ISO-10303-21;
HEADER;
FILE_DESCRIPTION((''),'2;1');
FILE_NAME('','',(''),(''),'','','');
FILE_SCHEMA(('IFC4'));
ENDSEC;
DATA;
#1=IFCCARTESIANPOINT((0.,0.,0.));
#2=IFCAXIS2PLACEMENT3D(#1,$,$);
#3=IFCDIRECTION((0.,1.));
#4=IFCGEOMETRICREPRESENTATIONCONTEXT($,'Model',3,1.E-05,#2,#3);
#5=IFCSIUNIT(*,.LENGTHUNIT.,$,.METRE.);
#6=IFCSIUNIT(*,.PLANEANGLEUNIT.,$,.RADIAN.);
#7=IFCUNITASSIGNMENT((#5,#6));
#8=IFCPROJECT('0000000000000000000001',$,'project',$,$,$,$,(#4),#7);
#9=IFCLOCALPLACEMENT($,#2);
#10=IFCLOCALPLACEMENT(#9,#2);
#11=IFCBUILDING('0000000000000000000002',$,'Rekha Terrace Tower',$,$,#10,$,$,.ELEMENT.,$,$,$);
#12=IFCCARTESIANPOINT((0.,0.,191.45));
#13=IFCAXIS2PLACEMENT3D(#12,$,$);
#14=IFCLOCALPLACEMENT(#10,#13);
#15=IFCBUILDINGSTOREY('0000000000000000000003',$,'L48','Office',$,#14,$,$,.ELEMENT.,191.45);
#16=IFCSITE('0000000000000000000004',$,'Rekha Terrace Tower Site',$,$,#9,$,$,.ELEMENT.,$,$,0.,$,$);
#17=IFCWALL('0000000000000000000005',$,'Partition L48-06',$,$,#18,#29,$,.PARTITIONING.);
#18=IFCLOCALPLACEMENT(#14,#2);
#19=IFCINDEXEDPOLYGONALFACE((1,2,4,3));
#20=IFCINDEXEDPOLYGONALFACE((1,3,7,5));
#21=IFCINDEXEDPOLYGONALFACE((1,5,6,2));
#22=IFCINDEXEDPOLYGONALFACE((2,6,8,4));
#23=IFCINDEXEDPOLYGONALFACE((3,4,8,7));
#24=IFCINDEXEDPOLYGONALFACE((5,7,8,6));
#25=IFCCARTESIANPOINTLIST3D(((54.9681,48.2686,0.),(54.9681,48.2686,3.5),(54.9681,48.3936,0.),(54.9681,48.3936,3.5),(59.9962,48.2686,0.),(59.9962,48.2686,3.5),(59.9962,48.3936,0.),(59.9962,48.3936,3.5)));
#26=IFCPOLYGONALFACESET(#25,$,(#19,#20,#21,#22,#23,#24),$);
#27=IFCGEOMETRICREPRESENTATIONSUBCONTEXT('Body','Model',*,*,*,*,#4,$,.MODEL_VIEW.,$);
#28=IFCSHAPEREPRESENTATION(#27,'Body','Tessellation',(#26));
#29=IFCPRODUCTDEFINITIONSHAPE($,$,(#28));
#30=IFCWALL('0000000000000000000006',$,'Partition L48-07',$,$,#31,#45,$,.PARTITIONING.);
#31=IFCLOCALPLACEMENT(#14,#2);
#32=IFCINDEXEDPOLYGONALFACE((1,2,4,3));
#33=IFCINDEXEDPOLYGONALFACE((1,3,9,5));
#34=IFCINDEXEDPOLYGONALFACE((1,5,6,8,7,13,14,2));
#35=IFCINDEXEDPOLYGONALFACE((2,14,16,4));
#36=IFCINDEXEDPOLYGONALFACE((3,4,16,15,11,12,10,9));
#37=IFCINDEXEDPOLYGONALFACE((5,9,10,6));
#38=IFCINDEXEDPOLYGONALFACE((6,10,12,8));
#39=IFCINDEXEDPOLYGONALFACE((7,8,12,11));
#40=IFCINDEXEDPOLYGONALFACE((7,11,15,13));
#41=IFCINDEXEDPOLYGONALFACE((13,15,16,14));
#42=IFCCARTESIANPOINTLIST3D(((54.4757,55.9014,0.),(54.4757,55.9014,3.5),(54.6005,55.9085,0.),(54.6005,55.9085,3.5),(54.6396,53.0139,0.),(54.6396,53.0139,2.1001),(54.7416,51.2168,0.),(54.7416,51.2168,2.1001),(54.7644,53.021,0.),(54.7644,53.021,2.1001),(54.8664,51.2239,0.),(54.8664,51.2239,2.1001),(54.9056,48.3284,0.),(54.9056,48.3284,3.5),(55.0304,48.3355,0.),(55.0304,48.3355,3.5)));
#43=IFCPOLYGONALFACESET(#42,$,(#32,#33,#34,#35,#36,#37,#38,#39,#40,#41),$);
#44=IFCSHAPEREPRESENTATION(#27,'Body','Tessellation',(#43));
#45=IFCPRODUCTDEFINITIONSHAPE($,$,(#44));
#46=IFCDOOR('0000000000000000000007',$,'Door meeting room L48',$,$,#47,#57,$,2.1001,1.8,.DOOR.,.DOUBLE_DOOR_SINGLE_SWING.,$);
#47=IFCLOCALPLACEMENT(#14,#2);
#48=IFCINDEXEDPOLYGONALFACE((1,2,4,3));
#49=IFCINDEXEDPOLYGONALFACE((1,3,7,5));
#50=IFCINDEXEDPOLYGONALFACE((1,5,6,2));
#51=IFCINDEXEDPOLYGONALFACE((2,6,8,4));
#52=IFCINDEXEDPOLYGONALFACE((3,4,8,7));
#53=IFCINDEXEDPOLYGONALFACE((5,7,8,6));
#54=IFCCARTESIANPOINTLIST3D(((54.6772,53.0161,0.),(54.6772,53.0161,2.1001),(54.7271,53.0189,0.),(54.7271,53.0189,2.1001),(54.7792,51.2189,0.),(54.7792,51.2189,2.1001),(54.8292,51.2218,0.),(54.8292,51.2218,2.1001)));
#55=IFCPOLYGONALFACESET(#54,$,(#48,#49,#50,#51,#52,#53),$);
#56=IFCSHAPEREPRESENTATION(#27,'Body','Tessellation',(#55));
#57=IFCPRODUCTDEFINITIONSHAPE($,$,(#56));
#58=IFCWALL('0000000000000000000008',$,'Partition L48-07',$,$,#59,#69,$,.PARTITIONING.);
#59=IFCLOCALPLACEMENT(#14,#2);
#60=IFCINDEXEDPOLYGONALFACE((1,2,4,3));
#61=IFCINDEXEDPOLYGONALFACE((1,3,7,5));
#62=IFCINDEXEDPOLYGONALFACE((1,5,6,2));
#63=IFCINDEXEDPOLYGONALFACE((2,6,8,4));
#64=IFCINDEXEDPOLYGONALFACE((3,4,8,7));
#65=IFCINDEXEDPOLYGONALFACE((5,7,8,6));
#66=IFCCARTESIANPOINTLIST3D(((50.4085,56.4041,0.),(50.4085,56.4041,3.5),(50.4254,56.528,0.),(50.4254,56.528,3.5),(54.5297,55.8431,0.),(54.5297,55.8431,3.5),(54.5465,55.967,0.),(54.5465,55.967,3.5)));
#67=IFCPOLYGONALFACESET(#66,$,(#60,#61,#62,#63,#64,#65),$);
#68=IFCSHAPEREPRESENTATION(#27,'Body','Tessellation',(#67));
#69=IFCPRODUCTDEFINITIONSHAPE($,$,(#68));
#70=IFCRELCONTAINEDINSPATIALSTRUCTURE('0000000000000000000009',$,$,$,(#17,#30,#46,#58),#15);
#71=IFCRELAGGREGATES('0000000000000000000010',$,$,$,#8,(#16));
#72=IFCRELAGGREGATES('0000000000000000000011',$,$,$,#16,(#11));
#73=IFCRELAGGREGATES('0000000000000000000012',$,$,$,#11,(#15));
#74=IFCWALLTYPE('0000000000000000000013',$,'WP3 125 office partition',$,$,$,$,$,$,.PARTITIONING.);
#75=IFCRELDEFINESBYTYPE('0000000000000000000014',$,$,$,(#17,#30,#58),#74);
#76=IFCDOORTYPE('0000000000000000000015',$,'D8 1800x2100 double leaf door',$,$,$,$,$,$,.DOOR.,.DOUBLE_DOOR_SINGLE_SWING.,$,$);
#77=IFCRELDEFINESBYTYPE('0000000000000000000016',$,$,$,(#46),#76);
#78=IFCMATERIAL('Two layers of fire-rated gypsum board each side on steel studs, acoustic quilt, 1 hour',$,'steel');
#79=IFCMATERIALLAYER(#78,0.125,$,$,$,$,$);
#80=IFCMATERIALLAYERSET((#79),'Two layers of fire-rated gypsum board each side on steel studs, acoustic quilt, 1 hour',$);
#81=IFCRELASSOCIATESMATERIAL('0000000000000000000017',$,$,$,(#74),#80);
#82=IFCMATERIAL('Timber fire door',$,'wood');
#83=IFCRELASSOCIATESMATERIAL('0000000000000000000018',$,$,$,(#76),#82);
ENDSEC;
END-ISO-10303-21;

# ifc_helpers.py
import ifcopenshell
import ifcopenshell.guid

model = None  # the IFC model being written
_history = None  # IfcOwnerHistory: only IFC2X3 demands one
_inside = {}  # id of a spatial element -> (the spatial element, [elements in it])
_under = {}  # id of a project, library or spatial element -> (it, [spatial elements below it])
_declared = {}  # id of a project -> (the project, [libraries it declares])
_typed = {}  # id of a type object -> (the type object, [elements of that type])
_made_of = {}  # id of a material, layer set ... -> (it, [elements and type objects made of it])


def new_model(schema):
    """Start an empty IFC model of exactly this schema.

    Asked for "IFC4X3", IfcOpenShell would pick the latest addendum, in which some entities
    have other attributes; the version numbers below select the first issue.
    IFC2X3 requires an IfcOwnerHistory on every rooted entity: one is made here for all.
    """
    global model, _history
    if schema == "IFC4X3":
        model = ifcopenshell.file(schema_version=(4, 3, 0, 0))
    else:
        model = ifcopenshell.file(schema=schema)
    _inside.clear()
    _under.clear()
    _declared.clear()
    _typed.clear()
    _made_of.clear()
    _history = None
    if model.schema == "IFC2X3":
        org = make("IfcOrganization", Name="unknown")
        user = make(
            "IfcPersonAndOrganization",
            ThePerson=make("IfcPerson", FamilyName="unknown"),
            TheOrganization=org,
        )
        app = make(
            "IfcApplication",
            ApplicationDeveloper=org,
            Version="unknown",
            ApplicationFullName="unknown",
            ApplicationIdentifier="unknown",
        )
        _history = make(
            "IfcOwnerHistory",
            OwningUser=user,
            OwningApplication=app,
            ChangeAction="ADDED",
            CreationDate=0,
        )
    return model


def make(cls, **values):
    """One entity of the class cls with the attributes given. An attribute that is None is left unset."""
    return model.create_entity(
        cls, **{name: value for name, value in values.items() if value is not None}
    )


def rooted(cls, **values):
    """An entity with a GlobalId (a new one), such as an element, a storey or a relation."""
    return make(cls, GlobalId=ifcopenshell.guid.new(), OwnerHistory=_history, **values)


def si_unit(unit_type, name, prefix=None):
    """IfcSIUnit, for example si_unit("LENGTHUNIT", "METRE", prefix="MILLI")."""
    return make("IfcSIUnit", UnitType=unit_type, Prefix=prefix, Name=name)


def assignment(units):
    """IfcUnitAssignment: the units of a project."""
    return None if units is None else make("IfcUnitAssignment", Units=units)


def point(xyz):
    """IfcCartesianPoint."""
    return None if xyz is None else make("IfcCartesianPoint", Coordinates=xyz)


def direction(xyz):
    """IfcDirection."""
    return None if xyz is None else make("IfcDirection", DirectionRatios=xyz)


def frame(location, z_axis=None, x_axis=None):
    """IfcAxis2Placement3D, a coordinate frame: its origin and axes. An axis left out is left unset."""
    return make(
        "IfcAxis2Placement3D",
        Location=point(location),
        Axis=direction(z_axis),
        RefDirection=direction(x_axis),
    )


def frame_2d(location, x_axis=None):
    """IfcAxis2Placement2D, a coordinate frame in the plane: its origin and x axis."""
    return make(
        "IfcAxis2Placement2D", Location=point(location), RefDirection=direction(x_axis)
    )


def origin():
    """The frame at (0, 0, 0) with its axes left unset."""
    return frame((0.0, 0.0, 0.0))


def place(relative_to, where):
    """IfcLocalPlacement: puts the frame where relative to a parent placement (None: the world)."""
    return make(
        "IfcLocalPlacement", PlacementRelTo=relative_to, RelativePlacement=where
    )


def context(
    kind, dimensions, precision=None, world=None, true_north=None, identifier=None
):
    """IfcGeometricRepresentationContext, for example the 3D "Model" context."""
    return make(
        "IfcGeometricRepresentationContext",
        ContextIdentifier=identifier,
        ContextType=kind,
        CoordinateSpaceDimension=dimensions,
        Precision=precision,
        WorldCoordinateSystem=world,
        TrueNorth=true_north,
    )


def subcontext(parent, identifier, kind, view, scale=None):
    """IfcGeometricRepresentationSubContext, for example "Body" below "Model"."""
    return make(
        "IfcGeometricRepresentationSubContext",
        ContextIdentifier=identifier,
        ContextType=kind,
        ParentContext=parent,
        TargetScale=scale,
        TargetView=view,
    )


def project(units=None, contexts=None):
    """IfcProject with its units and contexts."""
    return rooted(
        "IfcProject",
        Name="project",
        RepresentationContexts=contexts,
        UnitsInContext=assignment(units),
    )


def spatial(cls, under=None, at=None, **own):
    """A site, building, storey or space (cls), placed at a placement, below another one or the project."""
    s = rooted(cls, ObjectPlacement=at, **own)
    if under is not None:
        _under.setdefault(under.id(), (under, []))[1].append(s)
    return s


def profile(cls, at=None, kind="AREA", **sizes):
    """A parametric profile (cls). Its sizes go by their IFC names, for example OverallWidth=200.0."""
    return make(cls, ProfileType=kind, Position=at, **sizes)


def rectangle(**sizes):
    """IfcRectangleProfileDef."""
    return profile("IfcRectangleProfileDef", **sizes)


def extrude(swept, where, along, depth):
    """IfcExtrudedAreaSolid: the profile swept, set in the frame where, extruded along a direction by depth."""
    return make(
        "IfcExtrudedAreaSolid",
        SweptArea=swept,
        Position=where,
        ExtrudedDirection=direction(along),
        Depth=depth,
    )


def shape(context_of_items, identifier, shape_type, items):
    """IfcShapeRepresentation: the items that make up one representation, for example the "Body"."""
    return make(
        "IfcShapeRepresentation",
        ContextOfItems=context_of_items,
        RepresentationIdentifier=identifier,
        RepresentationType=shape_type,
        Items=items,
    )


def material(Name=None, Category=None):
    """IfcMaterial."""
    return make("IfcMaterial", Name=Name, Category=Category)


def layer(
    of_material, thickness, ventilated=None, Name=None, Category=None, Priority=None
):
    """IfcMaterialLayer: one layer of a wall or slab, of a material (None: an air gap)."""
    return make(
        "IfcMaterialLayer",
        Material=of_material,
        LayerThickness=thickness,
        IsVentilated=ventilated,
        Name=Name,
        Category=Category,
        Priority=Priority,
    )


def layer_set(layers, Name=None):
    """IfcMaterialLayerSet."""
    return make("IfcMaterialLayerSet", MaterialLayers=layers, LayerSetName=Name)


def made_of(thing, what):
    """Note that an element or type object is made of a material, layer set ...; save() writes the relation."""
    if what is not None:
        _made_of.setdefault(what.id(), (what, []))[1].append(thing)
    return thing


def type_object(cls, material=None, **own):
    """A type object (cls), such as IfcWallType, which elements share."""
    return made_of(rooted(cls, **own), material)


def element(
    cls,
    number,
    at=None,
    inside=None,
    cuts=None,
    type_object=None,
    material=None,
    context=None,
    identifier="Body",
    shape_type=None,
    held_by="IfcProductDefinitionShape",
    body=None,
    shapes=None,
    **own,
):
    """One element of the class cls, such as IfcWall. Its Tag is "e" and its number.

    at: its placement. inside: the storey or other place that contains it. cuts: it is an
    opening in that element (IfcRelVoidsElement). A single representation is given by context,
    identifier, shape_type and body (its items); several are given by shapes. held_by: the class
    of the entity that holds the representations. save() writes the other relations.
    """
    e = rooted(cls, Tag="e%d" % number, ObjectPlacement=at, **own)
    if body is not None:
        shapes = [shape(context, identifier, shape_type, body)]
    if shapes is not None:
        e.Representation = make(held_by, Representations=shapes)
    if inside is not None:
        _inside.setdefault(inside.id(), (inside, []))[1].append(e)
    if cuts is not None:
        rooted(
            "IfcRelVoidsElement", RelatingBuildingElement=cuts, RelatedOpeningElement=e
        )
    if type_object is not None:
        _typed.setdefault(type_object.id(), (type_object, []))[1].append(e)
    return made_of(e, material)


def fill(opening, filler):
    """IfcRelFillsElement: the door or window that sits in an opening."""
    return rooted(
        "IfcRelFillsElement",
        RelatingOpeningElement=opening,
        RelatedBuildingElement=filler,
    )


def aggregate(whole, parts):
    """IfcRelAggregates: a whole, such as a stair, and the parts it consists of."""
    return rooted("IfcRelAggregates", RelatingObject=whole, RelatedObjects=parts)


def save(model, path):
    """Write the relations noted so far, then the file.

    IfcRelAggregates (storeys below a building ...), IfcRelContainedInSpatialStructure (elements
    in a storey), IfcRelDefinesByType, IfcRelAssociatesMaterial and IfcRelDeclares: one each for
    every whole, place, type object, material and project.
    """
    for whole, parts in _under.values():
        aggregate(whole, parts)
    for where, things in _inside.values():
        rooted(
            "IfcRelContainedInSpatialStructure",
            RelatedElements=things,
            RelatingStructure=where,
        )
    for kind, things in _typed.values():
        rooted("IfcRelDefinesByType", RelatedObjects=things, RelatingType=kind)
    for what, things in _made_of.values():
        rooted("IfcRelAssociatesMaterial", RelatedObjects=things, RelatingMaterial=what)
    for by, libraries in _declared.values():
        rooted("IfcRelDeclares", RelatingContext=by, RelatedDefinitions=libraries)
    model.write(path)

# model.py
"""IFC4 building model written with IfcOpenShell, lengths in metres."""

from ifc_helpers import new_model, si_unit, direction, frame, frame_2d, origin, place, context, subcontext, project, spatial, rectangle, extrude, material, layer, layer_set, type_object, element, fill, save


model = new_model("IFC4")

# Units and contexts
model_context = context("Model", 3, precision=1e-05, world=origin(), true_north=direction((0.0, 1.0)))
body_context = subcontext(model_context, "Body", "Model", "MODEL_VIEW")
ifc_project = project(units=[si_unit("LENGTHUNIT", "METRE"), si_unit("PLANEANGLEUNIT", "RADIAN")], contexts=[model_context])

# Site, building, storey
site_placement = place(None, origin())
site = spatial("IfcSite", under=ifc_project, at=site_placement, Name="Rekha Terrace Tower Site", CompositionType="ELEMENT", RefElevation=0.0)
building_placement = place(site_placement, origin())
building = spatial("IfcBuilding", under=site, at=building_placement, Name="Rekha Terrace Tower", CompositionType="ELEMENT")
storey_placement = place(building_placement, frame((0.0, 0.0, 191.45)))
storey = spatial("IfcBuildingStorey", under=building, at=storey_placement, Name="L48", Description="Office", CompositionType="ELEMENT", Elevation=191.45)

# Wall
ifc_material_1 = material(Name="Two layers of fire-rated gypsum board each side on steel studs, acoustic quilt, 1 hour", Category="steel")
ifc_layer_1 = layer(ifc_material_1, 0.125)
ifc_layer_set_1 = layer_set([ifc_layer_1], Name="Two layers of fire-rated gypsum board each side on steel studs, acoustic quilt, 1 hour")
wall_type = type_object("IfcWallType", Name="WP3 125 office partition", PredefinedType="PARTITIONING", material=ifc_layer_set_1)
wall_1_placement = place(storey_placement, frame((54.968, 48.3311, 0.0), z_axis=(0.0, 0.0, 1.0), x_axis=(1.0, 0.0, 0.0)))
element("IfcWall", 1, at=wall_1_placement, inside=storey, type_object=wall_type, Name="Partition L48-06", PredefinedType="PARTITIONING", context=body_context, shape_type="SweptSolid", body=[
    extrude(rectangle(XDim=5.0281, YDim=0.125, at=frame_2d((2.5142, 0.0))), origin(), (0.0, 0.0, 1.0), 3.5),
])

# Wall, opening, door
wall_2_placement = place(storey_placement, frame((54.968, 48.332, 0.0), z_axis=(0.0, 0.0, 1.0), x_axis=(-0.05668, 0.998392, 0.0)))
wall_2 = element("IfcWall", 2, at=wall_2_placement, inside=storey, type_object=wall_type, Name="Partition L48-07", PredefinedType="PARTITIONING", context=body_context, shape_type="SweptSolid", body=[
    extrude(rectangle(XDim=7.5852, YDim=0.125, at=frame_2d((3.7925, 0.0))), origin(), (0.0, 0.0, 1.0), 3.5),
])
opening_placement = place(wall_2_placement, frame((2.8931, 0.0, 0.0)))
opening = element("IfcOpeningElement", 3, at=opening_placement, cuts=wall_2, PredefinedType="OPENING", context=body_context, shape_type="SweptSolid", body=[
    extrude(rectangle(XDim=1.8, YDim=2.1001, at=frame_2d((0.8999, 1.05))), frame((0.0, 0.0725, 0.0), z_axis=(0.0, -1.0, 0.0), x_axis=(1.0, 0.0, 0.0)), (0.0, 0.0, 1.0), 0.145),
])
ifc_material_2 = material(Name="Timber fire door", Category="wood")
door_type = type_object("IfcDoorType", Name="D8 1800x2100 double leaf door", OperationType="DOUBLE_DOOR_SINGLE_SWING", PredefinedType="DOOR", material=ifc_material_2)
door_placement = place(opening_placement, origin())
door = element("IfcDoor", 4, at=door_placement, inside=storey, type_object=door_type, Name="Door meeting room L48", OperationType="DOUBLE_DOOR_SINGLE_SWING", OverallHeight=2.1001, OverallWidth=1.8, PredefinedType="DOOR", context=body_context, shape_type="SweptSolid", body=[
    extrude(rectangle(XDim=1.8, YDim=2.1001, at=frame_2d((0.8999, 1.05))), frame((0.0, 0.0249, 0.0), z_axis=(0.0, -1.0, 0.0), x_axis=(1.0, 0.0, 0.0)), (0.0, 0.0, 1.0), 0.05),
])
fill(opening, door)

# Wall
wall_3_placement = place(storey_placement, frame((54.5381, 55.905, 0.0), z_axis=(0.0, 0.0, 1.0), x_axis=(-0.99086, 0.134893, 0.0)))
element("IfcWall", 5, at=wall_3_placement, inside=storey, type_object=wall_type, Name="Partition L48-07", PredefinedType="PARTITIONING", context=body_context, shape_type="SweptSolid", body=[
    extrude(rectangle(XDim=4.1592, YDim=0.125, at=frame_2d((2.0796, 0.0))), origin(), (0.0, 0.0, 1.0), 3.5),
])

save(model, "model.ifc")
